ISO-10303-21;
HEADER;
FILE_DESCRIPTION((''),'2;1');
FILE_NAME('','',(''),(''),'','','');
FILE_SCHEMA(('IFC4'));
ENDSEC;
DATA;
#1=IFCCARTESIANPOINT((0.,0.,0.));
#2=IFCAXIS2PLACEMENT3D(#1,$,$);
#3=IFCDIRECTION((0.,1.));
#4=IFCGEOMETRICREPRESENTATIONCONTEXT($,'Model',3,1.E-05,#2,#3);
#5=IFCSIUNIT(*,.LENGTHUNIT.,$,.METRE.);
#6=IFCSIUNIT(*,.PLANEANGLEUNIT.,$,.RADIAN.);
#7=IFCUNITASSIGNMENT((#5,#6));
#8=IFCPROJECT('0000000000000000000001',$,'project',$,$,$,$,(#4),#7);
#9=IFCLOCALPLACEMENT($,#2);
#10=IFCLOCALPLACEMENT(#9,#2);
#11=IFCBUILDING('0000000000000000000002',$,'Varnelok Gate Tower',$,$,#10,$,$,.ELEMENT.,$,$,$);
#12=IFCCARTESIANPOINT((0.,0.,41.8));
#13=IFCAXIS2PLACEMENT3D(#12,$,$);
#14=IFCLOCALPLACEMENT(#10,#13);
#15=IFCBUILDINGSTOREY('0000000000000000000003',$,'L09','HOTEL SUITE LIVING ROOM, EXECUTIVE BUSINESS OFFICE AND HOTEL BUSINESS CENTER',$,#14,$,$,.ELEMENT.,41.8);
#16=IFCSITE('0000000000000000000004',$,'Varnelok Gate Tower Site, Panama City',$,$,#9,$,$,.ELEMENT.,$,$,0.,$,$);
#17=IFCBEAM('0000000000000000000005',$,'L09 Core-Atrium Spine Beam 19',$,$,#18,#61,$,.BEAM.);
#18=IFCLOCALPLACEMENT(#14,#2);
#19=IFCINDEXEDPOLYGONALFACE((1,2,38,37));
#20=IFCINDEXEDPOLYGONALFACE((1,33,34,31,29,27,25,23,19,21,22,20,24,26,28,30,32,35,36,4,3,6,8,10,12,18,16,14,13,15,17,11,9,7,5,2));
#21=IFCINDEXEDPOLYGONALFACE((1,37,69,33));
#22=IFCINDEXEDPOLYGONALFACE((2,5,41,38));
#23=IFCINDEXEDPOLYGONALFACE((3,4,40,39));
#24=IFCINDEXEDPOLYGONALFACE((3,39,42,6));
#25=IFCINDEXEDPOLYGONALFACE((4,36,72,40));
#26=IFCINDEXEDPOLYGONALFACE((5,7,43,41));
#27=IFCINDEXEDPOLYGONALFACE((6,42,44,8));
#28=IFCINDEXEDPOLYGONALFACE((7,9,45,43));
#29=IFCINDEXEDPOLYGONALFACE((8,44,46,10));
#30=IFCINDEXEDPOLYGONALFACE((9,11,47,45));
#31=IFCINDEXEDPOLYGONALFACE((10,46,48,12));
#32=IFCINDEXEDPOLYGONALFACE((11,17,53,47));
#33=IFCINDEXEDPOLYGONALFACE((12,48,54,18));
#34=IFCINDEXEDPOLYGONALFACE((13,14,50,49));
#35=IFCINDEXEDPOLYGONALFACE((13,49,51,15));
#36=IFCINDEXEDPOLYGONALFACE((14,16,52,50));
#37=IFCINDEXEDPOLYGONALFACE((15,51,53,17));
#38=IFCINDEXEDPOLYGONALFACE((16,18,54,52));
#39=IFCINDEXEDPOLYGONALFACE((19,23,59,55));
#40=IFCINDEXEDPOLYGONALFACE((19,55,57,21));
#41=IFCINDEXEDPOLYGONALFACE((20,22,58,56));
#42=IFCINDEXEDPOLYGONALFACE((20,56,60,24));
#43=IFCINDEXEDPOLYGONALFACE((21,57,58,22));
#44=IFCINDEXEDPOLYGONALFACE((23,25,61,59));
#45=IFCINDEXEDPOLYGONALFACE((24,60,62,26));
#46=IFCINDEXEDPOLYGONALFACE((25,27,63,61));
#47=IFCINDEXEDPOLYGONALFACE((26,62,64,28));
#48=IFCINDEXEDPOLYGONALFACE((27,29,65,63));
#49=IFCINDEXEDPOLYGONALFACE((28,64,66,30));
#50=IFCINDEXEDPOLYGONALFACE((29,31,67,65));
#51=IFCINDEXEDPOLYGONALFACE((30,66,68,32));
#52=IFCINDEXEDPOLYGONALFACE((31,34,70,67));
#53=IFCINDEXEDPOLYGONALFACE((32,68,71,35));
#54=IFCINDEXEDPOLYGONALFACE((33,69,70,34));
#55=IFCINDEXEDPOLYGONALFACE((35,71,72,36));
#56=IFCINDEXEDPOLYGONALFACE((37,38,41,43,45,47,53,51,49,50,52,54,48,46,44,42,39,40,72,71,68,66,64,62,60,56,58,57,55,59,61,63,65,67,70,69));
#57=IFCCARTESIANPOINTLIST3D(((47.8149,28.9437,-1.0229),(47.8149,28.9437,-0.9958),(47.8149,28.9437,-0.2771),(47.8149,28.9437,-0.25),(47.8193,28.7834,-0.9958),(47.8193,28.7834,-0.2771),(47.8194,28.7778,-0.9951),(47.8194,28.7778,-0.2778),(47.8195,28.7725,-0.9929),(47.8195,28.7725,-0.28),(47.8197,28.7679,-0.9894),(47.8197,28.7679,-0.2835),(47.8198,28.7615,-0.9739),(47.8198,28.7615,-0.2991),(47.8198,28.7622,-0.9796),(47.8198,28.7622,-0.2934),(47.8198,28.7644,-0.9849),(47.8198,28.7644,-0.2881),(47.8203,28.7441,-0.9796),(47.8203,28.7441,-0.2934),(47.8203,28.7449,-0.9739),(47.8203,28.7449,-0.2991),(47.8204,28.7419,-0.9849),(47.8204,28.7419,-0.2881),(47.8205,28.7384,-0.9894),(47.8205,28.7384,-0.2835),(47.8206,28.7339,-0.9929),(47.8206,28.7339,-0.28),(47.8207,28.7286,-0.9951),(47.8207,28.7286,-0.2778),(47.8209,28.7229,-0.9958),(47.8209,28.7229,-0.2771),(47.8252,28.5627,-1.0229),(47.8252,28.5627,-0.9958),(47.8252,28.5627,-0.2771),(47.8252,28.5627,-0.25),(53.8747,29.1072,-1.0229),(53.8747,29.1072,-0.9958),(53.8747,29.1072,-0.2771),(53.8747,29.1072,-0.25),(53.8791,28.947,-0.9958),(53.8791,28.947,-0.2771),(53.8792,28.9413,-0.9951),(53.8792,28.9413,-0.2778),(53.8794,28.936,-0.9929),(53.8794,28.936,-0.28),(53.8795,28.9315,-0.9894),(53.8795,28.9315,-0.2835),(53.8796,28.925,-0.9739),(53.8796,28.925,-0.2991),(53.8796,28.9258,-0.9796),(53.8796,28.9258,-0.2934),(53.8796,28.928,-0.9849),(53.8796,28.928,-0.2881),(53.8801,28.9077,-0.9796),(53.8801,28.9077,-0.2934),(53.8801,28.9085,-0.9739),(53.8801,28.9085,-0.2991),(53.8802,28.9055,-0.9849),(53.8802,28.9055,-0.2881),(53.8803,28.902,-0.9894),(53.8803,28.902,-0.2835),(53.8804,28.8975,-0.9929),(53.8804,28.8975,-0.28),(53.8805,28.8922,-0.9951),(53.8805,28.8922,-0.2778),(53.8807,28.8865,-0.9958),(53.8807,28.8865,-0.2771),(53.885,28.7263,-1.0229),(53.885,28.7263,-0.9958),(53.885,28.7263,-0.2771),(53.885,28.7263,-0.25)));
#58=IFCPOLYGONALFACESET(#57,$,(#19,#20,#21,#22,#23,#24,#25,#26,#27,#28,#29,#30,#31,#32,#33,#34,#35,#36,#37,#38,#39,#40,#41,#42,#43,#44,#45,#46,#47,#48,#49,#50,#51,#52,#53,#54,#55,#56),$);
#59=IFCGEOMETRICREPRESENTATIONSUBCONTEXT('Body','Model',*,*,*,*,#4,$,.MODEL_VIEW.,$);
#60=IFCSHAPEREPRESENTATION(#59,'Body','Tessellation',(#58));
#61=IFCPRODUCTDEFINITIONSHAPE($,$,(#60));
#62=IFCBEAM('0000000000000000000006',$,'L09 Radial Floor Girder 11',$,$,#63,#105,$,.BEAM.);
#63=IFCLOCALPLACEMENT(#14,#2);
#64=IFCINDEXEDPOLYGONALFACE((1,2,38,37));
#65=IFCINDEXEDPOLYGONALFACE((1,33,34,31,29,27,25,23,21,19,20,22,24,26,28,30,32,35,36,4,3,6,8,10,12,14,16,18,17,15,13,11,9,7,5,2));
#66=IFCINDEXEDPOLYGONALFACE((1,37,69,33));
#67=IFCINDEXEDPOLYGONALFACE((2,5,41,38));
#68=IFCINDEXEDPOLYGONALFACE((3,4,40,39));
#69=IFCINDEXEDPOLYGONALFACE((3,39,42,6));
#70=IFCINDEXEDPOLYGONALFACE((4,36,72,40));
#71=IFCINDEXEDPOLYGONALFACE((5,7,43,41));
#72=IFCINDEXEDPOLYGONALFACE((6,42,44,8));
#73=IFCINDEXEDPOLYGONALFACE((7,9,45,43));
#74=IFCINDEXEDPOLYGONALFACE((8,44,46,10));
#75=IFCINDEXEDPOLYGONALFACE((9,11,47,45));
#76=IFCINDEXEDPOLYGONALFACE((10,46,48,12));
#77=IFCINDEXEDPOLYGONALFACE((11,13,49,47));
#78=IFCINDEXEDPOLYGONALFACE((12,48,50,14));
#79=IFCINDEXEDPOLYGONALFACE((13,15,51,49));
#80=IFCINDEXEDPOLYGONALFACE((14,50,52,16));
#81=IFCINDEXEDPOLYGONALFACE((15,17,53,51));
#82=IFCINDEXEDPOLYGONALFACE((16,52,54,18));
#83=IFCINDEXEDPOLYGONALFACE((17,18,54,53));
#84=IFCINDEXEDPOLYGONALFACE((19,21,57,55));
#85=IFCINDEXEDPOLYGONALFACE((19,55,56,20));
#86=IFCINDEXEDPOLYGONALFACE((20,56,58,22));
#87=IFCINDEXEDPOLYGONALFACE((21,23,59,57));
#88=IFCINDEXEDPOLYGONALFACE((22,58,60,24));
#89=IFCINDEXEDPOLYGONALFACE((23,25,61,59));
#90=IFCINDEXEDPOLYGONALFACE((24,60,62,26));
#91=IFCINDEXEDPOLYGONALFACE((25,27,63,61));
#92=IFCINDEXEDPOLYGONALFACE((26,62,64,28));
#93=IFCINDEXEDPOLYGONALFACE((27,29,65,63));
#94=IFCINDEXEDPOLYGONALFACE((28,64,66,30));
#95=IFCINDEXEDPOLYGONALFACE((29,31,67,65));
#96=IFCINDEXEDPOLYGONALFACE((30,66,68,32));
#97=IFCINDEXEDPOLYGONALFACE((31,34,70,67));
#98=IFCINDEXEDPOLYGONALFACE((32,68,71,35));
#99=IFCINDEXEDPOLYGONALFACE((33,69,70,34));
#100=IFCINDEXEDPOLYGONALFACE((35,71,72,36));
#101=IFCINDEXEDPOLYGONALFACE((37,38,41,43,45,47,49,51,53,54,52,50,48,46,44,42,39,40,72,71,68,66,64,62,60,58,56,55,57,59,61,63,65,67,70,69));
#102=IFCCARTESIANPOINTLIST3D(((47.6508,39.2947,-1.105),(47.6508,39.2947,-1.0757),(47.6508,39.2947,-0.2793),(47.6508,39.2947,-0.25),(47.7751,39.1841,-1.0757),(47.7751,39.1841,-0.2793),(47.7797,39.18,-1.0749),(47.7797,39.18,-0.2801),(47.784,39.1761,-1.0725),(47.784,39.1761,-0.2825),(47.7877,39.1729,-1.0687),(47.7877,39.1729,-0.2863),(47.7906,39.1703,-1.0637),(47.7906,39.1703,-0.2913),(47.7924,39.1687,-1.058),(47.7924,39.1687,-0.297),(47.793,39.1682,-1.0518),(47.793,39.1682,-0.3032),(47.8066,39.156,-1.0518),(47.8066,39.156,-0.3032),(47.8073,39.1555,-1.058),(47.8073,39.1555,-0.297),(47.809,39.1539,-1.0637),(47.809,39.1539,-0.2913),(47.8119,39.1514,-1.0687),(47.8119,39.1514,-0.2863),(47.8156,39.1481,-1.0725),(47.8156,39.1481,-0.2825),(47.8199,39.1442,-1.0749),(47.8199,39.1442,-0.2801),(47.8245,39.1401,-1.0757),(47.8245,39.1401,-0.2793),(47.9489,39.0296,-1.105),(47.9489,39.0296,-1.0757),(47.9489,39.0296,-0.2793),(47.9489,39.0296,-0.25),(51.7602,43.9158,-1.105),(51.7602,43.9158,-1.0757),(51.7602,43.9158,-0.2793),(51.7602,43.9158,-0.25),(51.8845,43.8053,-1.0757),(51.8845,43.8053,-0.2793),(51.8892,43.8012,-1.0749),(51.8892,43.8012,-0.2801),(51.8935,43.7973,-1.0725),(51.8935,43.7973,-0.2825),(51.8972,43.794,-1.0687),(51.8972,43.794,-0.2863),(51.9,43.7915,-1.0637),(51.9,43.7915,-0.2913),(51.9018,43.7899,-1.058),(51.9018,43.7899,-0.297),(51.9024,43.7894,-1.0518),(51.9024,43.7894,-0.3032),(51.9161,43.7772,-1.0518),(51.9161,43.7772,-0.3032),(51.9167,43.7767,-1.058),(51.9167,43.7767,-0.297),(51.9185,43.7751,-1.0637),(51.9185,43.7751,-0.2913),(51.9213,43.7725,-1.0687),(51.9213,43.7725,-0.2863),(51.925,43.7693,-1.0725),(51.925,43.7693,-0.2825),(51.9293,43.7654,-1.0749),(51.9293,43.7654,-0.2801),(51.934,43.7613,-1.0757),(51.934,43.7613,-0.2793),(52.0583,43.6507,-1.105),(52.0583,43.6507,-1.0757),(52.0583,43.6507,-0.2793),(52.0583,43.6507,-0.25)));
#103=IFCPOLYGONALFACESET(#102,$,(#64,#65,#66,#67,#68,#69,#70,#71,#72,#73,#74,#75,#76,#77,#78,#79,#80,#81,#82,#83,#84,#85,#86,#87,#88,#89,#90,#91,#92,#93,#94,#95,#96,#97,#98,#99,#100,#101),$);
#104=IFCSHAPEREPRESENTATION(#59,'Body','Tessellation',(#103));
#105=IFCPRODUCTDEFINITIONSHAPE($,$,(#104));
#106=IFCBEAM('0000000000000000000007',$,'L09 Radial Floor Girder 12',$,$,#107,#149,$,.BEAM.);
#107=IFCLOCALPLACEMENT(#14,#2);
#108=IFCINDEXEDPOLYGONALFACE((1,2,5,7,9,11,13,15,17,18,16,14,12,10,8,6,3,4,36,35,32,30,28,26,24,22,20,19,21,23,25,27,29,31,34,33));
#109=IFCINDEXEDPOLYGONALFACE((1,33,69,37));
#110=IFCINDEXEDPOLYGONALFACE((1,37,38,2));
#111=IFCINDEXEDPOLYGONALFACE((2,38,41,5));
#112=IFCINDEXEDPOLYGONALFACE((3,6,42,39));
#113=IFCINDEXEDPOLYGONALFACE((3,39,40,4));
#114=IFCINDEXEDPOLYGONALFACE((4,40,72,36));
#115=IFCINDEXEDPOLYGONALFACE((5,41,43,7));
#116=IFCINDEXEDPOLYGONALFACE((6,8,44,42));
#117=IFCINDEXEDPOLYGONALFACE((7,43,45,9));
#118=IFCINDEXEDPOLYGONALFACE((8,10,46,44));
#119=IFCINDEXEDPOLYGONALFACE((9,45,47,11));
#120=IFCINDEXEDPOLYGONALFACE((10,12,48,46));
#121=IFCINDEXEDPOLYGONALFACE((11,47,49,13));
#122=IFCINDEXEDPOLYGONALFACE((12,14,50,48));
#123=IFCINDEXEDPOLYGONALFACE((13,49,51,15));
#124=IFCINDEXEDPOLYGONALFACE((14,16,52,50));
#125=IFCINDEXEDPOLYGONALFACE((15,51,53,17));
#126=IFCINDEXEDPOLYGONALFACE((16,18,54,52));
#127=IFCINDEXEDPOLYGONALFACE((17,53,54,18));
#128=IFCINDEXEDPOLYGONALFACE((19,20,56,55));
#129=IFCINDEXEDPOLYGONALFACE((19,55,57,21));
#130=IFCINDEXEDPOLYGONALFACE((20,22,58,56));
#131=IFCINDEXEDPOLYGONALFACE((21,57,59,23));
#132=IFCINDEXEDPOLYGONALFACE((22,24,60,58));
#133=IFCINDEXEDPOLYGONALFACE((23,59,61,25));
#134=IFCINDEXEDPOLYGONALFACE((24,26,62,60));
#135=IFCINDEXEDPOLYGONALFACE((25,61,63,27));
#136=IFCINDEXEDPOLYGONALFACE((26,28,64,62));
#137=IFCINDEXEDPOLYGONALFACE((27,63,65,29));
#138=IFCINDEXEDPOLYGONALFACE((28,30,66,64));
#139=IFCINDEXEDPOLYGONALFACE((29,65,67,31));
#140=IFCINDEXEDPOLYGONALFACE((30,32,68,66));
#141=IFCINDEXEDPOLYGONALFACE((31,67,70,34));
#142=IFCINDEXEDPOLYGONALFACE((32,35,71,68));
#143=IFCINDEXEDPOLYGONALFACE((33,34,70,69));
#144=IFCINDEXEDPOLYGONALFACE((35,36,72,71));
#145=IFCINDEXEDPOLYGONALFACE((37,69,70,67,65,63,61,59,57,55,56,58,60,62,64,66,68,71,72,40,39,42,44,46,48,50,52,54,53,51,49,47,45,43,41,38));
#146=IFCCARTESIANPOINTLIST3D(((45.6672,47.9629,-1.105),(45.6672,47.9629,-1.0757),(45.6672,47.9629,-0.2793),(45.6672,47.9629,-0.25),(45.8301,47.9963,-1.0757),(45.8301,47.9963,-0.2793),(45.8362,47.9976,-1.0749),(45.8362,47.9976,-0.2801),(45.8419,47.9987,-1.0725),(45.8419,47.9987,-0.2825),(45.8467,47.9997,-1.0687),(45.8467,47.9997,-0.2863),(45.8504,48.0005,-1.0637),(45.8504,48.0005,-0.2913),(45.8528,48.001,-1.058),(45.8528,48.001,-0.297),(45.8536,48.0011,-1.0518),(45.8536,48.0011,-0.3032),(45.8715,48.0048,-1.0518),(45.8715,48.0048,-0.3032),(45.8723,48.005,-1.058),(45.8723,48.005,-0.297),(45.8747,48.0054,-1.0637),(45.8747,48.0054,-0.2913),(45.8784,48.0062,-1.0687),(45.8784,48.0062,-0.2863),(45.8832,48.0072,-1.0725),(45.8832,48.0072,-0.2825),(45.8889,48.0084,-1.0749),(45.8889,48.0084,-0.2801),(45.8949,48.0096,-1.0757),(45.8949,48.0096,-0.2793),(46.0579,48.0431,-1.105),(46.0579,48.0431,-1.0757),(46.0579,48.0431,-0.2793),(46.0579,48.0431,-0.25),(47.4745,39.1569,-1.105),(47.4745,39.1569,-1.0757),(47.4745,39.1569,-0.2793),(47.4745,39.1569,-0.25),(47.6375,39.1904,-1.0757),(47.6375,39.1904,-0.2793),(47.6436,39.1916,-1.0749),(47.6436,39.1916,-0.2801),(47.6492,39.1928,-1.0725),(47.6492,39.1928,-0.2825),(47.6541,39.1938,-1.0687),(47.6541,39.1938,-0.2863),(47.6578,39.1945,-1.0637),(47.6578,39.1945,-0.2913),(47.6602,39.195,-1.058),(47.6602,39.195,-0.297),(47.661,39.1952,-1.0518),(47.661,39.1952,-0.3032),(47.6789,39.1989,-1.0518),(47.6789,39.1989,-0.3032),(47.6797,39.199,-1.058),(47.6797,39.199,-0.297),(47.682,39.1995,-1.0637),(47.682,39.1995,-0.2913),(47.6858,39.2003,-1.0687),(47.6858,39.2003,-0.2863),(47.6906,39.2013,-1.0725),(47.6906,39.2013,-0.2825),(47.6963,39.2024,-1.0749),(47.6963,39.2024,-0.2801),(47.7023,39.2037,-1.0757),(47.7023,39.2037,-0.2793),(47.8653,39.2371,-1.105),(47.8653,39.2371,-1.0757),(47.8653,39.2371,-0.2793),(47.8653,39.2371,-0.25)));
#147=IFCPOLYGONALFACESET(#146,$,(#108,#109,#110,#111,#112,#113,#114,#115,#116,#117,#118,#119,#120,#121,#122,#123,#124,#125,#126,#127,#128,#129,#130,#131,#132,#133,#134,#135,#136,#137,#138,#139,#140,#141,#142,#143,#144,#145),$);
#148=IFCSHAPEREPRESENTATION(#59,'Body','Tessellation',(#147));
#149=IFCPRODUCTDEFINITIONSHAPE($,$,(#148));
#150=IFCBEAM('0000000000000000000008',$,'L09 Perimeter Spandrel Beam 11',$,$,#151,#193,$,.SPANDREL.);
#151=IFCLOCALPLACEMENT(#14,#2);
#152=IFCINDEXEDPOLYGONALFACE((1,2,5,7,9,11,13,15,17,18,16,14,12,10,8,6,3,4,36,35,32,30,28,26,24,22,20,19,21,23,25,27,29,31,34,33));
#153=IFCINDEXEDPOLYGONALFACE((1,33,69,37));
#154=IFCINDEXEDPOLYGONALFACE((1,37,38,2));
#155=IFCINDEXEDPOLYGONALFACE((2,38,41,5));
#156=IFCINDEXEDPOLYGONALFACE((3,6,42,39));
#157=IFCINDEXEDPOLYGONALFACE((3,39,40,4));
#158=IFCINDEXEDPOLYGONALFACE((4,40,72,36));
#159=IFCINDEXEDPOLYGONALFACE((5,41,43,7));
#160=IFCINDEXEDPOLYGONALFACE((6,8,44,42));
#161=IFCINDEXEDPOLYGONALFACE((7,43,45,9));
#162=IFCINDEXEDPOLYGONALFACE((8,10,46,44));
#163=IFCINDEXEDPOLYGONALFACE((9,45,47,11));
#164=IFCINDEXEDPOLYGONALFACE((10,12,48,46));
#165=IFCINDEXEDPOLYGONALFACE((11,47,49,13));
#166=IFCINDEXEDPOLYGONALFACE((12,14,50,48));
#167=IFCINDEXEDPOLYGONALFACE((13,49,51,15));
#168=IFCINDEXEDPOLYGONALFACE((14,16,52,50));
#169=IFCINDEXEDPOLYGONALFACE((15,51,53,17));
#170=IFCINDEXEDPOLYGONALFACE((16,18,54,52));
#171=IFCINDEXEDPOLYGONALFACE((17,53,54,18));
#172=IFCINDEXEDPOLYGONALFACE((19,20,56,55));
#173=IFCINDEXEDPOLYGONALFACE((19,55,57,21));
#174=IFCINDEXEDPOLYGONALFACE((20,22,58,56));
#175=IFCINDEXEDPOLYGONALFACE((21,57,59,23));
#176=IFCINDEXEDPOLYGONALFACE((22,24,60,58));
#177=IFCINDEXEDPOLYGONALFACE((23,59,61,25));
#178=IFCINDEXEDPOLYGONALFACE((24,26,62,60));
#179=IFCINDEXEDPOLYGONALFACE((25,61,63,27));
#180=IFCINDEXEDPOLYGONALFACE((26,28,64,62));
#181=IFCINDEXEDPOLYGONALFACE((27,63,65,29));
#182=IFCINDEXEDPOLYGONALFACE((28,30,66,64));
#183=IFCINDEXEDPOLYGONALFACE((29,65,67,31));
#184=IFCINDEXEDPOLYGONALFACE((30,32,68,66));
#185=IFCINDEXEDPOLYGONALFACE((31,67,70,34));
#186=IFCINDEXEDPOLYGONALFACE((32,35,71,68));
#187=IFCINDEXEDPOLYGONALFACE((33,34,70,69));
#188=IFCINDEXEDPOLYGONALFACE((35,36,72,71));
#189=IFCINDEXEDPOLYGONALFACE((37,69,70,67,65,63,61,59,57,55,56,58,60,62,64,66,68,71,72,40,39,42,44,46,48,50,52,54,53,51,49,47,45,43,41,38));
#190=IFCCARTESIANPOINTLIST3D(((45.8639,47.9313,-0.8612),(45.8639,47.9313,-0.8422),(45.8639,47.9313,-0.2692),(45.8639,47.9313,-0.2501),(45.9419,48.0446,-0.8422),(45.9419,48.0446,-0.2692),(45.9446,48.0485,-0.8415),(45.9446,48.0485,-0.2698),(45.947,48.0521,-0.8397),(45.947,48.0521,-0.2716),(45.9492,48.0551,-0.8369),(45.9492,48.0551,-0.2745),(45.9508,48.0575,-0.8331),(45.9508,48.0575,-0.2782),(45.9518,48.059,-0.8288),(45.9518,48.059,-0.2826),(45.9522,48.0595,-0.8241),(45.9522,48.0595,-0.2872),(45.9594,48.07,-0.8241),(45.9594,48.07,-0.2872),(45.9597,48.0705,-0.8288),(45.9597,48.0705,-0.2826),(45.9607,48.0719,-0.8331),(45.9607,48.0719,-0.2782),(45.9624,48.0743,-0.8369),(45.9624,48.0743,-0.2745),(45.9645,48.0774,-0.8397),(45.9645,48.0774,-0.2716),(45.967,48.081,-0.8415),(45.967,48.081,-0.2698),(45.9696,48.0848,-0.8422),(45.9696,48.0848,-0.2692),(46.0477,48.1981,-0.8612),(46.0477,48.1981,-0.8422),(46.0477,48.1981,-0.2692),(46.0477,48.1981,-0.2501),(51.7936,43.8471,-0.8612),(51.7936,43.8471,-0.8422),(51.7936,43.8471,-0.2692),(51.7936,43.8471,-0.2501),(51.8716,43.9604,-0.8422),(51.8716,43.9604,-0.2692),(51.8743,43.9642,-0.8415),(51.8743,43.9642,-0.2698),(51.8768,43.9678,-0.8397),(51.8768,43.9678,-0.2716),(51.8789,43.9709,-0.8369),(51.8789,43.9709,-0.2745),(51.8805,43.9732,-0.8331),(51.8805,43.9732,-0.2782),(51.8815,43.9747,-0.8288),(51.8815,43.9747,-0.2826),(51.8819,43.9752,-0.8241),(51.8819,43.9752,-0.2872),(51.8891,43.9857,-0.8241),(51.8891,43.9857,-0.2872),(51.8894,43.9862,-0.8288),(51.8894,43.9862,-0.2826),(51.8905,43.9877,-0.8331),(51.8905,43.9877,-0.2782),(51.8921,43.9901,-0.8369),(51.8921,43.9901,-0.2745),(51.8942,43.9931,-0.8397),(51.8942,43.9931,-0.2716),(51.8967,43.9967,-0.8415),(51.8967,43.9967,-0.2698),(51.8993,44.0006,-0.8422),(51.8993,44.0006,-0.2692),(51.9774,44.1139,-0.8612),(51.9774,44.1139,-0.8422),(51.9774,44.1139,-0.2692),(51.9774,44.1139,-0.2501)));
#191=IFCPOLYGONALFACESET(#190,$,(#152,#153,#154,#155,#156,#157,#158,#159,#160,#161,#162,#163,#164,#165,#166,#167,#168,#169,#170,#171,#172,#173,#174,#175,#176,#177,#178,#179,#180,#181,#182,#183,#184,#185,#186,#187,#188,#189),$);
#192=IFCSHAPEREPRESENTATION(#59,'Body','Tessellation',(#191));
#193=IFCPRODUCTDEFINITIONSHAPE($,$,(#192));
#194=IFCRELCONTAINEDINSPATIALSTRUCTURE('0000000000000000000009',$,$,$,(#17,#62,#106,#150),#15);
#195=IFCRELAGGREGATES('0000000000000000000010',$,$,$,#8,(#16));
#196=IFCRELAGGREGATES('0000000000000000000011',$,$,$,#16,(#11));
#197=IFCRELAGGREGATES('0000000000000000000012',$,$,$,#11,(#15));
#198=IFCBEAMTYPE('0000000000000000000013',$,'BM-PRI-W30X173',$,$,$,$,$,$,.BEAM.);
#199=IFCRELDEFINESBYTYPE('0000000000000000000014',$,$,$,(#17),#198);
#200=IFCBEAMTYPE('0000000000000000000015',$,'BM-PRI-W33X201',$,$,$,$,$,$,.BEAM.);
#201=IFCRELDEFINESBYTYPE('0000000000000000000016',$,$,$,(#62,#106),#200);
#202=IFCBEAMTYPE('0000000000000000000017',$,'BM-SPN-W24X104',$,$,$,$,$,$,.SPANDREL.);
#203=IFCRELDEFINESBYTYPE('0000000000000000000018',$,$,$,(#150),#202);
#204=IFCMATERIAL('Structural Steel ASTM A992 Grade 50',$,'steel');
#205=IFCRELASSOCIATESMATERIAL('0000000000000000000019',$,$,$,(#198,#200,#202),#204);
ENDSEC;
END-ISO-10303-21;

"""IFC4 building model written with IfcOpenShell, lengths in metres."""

from ifc_helpers import new_model, si_unit, direction, frame, origin, origin_2d, place, context, subcontext, project, spatial, i_section, extrude, material, material_profile, profile_set, type_object, element, save


model = new_model("IFC4")

# Units and contexts
model_context = context("Model", 3, precision=1e-05, world=origin(), true_north=direction((0.0, 1.0)))
body_context = subcontext(model_context, "Body", "Model", "MODEL_VIEW")
ifc_project = project(units=[si_unit("LENGTHUNIT", "METRE"), si_unit("PLANEANGLEUNIT", "RADIAN")], contexts=[model_context])

# Site, building, storey
site_placement = place(None, origin())
site = spatial("IfcSite", under=ifc_project, at=site_placement, Name="Varnelok Gate Tower Site, Panama City", CompositionType="ELEMENT", RefElevation=0.0)
building_placement = place(site_placement, origin())
building = spatial("IfcBuilding", under=site, at=building_placement, Name="Varnelok Gate Tower", CompositionType="ELEMENT")
storey_placement = place(building_placement, frame((0.0, 0.0, 41.8)))
storey = spatial("IfcBuildingStorey", under=building, at=storey_placement, Name="L09", Description="HOTEL SUITE LIVING ROOM, EXECUTIVE BUSINESS OFFICE AND HOTEL BUSINESS CENTER", CompositionType="ELEMENT", Elevation=41.8)

# Shared definitions
ifc_material_1 = material(Name="Structural Steel ASTM A992 Grade 50", Category="steel")

# Beams
ifc_material_profile_1 = material_profile(ifc_material_1, i_section(OverallWidth=0.3811, OverallDepth=0.7729, WebThickness=0.0166, FlangeThickness=0.0271, FilletRadius=0.022, at=origin_2d()), Name="W30X173")
ifc_profile_set_1 = profile_set([ifc_material_profile_1], Name="Structural Steel ASTM A992 Grade 50")
beam_type_1 = type_object("IfcBeamType", Name="BM-PRI-W30X173", PredefinedType="BEAM", material=ifc_profile_set_1)
beam_1_placement = place(storey_placement, frame((47.8201, 28.7532, -0.6365), z_axis=(0.999636, 0.026983, 0.0), x_axis=(-0.026983, 0.999636, 0.0)))
element("IfcBeam", 1, at=beam_1_placement, inside=storey, type_object=beam_type_1, Name="L09 Core-Atrium Spine Beam 19", PredefinedType="BEAM", context=body_context, shape_type="SweptSolid", body=[
    extrude(i_section(OverallWidth=0.3811, OverallDepth=0.7729, WebThickness=0.0166, FlangeThickness=0.0271, FilletRadius=0.022, at=origin_2d()), origin(), (0.0, 0.0, 1.0), 6.062),
])
ifc_material_profile_2 = material_profile(ifc_material_1, i_section(OverallWidth=0.3989, OverallDepth=0.855, WebThickness=0.0183, FlangeThickness=0.0293, FilletRadius=0.0239, at=origin_2d()), Name="W33X201")
ifc_profile_set_2 = profile_set([ifc_material_profile_2], Name="Structural Steel ASTM A992 Grade 50")
beam_type_2 = type_object("IfcBeamType", Name="BM-PRI-W33X201", PredefinedType="BEAM", material=ifc_profile_set_2)
beam_2_placement = place(storey_placement, frame((47.7998, 39.1621, -0.6775), z_axis=(0.664521, 0.74727, 0.0), x_axis=(-0.74727, 0.664521, 0.0)))
element("IfcBeam", 2, at=beam_2_placement, inside=storey, type_object=beam_type_2, Name="L09 Radial Floor Girder 11", PredefinedType="BEAM", context=body_context, shape_type="SweptSolid", body=[
    extrude(i_section(OverallWidth=0.3989, OverallDepth=0.855, WebThickness=0.0183, FlangeThickness=0.0293, FilletRadius=0.0239, at=origin_2d()), origin(), (0.0, 0.0, 1.0), 6.1841),
])
beam_3_placement = place(storey_placement, frame((47.6699, 39.197, -0.6775), z_axis=(-0.201054, 0.97958, 0.0), x_axis=(-0.97958, -0.201054, 0.0)))
element("IfcBeam", 3, at=beam_3_placement, inside=storey, type_object=beam_type_2, Name="L09 Radial Floor Girder 12", PredefinedType="BEAM", context=body_context, shape_type="SweptSolid", body=[
    extrude(i_section(OverallWidth=0.3989, OverallDepth=0.855, WebThickness=0.0183, FlangeThickness=0.0293, FilletRadius=0.0239, at=origin_2d()), origin(), (0.0, 0.0, 1.0), 8.9895),
])
ifc_material_profile_3 = material_profile(ifc_material_1, i_section(OverallWidth=0.324, OverallDepth=0.6111, WebThickness=0.0127, FlangeThickness=0.019, FilletRadius=0.0181, at=origin_2d()), Name="W24X104")
ifc_profile_set_3 = profile_set([ifc_material_profile_3], Name="Structural Steel ASTM A992 Grade 50")
beam_type_3 = type_object("IfcBeamType", Name="BM-SPN-W24X104", PredefinedType="SPANDREL", material=ifc_profile_set_3)
beam_4_placement = place(storey_placement, frame((51.8855, 43.9805, -0.5557), z_axis=(-0.823551, 0.567242, 0.0), x_axis=(-0.567242, -0.823551, 0.0)))
element("IfcBeam", 4, at=beam_4_placement, inside=storey, type_object=beam_type_3, Name="L09 Perimeter Spandrel Beam 11", PredefinedType="SPANDREL", context=body_context, shape_type="SweptSolid", body=[
    extrude(i_section(OverallWidth=0.324, OverallDepth=0.6111, WebThickness=0.0127, FlangeThickness=0.019, FilletRadius=0.0181, at=origin_2d()), origin(), (0.0, 0.0, 1.0), 7.2002),
])

save(model, "model.ifc")
